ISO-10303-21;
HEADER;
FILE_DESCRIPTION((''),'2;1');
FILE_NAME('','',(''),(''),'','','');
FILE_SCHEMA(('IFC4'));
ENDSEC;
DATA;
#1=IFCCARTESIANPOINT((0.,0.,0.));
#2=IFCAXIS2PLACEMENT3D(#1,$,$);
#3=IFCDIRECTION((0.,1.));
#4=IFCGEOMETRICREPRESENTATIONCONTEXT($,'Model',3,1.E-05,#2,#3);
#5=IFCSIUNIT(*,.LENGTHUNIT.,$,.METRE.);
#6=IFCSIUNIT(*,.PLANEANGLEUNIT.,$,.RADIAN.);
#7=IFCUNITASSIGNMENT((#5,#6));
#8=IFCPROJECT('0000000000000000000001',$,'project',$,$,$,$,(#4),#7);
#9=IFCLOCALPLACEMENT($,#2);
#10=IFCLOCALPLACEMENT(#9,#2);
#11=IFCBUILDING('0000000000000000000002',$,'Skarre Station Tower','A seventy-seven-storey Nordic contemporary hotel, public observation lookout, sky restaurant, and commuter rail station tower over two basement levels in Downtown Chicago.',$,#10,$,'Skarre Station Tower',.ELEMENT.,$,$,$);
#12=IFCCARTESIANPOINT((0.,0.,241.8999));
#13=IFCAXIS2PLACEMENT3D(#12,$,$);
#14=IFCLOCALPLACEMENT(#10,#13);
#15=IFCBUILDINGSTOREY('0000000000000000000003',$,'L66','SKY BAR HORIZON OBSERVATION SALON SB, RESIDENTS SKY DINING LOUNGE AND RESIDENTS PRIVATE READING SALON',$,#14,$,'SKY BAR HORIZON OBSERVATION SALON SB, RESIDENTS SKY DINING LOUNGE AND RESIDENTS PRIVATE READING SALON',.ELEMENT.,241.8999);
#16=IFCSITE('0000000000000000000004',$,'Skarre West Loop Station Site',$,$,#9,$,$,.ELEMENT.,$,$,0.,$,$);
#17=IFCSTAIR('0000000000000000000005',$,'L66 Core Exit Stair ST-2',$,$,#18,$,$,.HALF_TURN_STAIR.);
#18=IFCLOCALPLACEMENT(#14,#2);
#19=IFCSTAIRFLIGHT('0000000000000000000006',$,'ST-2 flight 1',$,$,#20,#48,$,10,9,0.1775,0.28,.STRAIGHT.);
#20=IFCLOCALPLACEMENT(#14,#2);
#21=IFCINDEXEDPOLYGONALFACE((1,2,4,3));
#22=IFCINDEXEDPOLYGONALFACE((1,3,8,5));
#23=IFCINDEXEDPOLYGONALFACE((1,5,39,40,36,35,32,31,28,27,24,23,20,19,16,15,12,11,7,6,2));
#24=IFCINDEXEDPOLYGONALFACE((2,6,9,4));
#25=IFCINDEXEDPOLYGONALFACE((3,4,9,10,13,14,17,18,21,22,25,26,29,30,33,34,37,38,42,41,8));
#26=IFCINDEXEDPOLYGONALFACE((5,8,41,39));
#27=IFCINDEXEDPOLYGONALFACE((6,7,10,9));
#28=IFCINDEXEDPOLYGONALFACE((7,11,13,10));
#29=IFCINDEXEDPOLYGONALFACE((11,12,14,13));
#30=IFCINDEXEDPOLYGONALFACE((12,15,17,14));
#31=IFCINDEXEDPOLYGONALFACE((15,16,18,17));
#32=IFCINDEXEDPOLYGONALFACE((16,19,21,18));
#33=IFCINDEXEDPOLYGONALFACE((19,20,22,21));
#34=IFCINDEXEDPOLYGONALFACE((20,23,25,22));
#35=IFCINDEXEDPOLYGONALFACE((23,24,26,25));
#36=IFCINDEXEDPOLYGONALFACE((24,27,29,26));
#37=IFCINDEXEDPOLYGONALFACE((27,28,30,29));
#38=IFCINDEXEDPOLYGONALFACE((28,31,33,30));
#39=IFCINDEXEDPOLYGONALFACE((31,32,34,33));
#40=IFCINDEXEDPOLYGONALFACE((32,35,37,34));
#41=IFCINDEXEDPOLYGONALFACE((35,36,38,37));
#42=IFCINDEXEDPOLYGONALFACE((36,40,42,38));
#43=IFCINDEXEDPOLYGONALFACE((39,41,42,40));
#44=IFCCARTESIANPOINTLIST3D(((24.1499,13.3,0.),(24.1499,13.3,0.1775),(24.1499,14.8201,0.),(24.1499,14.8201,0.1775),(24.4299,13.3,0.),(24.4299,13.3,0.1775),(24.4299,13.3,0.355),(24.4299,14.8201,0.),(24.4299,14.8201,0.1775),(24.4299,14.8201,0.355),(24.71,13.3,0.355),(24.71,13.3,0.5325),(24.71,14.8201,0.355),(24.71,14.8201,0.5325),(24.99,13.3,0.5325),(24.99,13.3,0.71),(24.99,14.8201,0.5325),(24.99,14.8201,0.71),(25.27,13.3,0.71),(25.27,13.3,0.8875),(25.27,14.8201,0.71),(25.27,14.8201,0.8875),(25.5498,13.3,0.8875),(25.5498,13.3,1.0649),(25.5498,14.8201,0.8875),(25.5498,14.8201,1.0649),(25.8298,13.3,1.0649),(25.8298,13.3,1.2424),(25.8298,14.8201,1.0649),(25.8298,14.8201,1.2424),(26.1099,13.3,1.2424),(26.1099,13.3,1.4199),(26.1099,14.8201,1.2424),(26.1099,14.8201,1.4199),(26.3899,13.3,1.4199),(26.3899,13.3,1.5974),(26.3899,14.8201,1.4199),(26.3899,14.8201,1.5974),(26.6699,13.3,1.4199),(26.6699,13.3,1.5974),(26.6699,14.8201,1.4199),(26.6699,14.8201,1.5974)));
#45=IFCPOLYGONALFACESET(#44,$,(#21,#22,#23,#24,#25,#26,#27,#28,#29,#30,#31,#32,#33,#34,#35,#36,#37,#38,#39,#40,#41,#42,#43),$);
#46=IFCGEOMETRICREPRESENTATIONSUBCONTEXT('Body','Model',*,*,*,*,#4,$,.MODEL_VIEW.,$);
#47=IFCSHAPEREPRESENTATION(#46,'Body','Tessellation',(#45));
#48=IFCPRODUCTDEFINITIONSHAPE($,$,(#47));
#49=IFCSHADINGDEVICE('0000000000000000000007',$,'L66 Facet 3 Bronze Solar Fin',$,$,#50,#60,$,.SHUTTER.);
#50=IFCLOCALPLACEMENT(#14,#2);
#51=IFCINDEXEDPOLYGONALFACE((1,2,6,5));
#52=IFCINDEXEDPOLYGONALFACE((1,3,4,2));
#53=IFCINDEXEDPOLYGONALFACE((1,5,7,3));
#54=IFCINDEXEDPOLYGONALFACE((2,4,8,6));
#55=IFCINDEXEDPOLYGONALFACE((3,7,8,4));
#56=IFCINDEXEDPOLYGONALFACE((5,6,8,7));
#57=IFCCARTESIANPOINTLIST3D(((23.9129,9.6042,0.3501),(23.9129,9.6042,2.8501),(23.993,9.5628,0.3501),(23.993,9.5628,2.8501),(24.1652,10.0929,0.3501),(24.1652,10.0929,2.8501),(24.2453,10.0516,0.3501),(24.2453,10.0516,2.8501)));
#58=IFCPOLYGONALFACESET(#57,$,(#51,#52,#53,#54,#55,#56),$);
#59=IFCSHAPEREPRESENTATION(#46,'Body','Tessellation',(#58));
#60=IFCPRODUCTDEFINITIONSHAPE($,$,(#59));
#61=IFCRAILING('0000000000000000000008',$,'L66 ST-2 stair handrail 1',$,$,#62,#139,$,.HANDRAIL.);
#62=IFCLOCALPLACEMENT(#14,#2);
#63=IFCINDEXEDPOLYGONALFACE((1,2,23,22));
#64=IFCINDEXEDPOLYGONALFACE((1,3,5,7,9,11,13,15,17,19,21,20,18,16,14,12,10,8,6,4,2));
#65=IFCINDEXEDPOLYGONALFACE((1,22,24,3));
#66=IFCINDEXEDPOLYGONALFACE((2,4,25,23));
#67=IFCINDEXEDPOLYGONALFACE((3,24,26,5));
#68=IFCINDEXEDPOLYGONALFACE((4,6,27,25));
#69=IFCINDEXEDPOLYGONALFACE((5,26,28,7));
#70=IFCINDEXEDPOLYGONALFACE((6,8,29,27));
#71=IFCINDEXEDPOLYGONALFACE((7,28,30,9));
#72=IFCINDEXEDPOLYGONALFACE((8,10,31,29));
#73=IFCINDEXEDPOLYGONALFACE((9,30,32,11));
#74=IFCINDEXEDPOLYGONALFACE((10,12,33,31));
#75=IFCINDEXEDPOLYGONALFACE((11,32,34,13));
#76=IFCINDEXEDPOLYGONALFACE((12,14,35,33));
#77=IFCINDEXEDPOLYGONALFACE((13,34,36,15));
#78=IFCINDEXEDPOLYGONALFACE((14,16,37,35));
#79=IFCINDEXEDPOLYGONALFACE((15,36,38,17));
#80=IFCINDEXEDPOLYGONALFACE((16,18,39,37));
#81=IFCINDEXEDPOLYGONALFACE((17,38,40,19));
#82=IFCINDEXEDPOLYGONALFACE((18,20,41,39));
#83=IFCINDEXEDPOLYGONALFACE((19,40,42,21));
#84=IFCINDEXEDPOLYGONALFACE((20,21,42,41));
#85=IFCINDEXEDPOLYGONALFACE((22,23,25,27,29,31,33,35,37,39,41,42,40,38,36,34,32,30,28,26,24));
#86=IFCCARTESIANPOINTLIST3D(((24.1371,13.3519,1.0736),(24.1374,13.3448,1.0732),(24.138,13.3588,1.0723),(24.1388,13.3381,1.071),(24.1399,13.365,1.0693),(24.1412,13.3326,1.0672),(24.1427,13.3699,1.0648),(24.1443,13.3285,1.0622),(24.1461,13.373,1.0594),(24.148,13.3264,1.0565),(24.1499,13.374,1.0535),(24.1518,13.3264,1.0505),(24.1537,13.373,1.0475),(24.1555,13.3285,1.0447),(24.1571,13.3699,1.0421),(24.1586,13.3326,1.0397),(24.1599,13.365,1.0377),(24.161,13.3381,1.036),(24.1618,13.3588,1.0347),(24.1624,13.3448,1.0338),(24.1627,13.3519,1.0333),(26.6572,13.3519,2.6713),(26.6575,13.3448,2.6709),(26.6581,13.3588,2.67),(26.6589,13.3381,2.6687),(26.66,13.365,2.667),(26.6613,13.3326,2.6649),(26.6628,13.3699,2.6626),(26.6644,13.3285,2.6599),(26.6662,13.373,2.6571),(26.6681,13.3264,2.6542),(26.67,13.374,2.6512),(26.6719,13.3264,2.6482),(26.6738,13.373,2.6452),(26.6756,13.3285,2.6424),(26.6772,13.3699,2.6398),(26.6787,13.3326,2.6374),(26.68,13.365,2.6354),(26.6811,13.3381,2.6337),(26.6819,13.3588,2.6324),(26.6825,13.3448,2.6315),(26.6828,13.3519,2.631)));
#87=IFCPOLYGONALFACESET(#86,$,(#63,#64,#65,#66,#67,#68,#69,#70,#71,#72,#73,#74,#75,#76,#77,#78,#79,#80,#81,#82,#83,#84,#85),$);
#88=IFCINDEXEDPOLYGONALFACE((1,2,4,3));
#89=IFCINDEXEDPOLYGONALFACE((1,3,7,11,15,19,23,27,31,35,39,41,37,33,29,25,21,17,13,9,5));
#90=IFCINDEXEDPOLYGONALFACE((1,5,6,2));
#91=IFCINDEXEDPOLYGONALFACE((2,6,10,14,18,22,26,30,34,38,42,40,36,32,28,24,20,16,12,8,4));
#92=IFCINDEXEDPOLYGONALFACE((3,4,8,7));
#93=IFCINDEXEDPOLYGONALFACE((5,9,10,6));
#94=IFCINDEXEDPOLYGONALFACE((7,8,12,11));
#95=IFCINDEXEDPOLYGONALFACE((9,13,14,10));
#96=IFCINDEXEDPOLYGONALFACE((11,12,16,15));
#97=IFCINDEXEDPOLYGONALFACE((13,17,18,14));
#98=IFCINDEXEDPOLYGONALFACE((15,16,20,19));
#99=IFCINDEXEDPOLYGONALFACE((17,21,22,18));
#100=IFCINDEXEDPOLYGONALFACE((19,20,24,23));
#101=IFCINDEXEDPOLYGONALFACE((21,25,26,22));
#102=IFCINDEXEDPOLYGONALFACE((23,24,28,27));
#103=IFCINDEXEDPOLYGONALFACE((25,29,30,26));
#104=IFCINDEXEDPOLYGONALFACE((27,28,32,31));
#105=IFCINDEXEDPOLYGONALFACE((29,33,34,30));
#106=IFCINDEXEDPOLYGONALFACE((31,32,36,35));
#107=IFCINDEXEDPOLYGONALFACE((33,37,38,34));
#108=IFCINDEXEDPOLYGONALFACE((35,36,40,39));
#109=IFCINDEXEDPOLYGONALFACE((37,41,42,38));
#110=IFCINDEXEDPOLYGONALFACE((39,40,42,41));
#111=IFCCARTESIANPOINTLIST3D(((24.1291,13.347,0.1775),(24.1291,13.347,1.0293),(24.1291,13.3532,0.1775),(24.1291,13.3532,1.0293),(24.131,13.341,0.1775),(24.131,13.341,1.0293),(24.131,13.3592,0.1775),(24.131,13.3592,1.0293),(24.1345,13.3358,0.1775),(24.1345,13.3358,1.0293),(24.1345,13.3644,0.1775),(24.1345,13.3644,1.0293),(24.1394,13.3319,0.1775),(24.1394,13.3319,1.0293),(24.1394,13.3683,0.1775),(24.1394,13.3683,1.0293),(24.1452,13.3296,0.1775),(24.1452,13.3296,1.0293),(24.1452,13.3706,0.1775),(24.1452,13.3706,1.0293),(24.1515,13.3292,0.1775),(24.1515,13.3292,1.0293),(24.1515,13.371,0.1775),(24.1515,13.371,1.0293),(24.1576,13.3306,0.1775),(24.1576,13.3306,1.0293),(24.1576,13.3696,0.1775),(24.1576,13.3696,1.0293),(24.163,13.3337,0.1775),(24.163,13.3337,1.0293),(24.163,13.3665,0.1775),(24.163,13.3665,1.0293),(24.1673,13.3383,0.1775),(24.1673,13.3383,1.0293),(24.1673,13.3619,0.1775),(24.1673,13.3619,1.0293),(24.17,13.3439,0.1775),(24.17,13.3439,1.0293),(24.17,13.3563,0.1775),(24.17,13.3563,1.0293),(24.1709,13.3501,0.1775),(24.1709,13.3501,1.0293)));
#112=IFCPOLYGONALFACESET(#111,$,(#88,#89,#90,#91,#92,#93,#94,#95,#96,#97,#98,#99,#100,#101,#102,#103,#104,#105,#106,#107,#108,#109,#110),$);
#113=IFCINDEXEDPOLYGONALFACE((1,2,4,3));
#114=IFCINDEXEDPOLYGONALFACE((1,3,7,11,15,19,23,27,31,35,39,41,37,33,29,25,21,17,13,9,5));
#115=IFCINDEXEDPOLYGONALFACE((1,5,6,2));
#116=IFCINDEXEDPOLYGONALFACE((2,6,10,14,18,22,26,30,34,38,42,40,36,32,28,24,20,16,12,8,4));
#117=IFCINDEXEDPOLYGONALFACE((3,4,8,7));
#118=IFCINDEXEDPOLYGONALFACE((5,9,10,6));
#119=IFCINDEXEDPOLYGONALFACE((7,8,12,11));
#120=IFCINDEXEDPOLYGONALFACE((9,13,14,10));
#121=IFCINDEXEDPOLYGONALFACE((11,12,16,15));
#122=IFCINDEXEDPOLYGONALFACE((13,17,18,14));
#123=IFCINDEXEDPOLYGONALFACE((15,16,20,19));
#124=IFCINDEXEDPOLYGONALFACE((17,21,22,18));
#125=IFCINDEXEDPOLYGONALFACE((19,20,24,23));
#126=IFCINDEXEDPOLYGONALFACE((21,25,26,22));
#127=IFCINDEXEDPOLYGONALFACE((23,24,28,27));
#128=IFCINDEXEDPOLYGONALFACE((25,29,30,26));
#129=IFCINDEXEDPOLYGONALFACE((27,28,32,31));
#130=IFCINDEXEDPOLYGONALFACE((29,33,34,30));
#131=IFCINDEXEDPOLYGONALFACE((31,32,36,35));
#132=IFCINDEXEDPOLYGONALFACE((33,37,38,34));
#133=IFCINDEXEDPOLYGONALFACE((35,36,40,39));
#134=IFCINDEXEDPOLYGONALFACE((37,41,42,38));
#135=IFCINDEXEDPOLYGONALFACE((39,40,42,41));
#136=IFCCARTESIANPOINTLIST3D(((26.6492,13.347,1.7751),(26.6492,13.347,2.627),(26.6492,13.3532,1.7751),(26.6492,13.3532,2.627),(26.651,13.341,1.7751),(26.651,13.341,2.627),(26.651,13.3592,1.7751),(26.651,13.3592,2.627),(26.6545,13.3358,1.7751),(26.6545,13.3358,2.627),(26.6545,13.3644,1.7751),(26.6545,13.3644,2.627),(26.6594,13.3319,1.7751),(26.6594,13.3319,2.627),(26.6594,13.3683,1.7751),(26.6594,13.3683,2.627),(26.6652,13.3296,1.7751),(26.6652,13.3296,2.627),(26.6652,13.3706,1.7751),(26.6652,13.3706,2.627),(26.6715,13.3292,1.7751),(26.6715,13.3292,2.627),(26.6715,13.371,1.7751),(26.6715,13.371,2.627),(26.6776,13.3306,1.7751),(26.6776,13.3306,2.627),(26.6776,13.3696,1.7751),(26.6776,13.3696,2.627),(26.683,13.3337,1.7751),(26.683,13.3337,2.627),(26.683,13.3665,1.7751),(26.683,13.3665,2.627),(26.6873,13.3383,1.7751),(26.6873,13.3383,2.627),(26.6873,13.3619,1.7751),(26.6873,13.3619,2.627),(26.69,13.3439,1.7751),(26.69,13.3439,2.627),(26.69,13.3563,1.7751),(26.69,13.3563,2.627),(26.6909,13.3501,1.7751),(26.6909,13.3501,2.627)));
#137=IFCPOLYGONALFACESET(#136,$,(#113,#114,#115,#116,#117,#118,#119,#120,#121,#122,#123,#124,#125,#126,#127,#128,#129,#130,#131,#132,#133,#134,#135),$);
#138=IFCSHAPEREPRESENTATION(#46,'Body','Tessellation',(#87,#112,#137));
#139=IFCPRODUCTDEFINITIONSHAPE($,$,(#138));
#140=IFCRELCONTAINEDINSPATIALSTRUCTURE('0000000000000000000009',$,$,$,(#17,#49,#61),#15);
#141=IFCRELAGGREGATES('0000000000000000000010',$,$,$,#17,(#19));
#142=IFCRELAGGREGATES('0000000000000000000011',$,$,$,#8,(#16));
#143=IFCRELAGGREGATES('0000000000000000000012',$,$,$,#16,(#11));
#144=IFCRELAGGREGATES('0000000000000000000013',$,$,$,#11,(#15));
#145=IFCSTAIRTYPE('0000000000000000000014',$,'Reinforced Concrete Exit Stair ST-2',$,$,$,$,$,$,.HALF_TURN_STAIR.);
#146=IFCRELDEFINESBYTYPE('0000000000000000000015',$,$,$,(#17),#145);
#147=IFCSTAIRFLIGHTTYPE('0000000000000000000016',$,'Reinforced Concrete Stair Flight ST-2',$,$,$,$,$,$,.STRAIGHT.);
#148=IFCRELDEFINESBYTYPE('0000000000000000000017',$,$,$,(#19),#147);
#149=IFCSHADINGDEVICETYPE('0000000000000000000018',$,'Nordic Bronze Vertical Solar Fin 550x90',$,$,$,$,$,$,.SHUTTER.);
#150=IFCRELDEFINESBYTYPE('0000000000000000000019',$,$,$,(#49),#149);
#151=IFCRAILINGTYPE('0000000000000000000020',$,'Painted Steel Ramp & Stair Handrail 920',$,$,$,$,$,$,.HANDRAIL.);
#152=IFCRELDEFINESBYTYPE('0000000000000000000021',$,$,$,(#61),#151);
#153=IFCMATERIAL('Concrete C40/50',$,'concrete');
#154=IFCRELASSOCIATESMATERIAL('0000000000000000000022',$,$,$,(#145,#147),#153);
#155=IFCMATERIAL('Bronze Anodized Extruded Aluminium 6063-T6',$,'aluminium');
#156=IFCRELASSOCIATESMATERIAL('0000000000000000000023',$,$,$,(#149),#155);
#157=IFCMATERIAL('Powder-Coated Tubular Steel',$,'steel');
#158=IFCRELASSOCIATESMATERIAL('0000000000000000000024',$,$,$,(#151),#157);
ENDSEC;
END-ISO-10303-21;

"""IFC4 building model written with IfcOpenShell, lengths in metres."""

from ifc_helpers import new_model, si_unit, direction, frame, origin, origin_2d, place, context, subcontext, project, spatial, polyline, rectangle, circle, outline, extrude, material, type_object, element, aggregate, save


model = new_model("IFC4")

# Units and contexts
model_context = context("Model", 3, precision=1e-05, world=origin(), true_north=direction((0.0, 1.0)))
body_context = subcontext(model_context, "Body", "Model", "MODEL_VIEW")
ifc_project = project(units=[si_unit("LENGTHUNIT", "METRE"), si_unit("PLANEANGLEUNIT", "RADIAN")], contexts=[model_context])

# Site, building, storey
site_placement = place(None, origin())
site = spatial("IfcSite", under=ifc_project, at=site_placement, Name="Skarre West Loop Station Site", CompositionType="ELEMENT", RefElevation=0.0)
building_placement = place(site_placement, origin())
building = spatial("IfcBuilding", under=site, at=building_placement, Name="Skarre Station Tower", Description="A seventy-seven-storey Nordic contemporary hotel, public observation lookout, sky restaurant, and commuter rail station tower over two basement levels in Downtown Chicago.", LongName="Skarre Station Tower", CompositionType="ELEMENT")
storey_placement = place(building_placement, frame((0.0, 0.0, 241.8999)))
storey = spatial("IfcBuildingStorey", under=building, at=storey_placement, Name="L66", Description="SKY BAR HORIZON OBSERVATION SALON SB, RESIDENTS SKY DINING LOUNGE AND RESIDENTS PRIVATE READING SALON", LongName="SKY BAR HORIZON OBSERVATION SALON SB, RESIDENTS SKY DINING LOUNGE AND RESIDENTS PRIVATE READING SALON", CompositionType="ELEMENT", Elevation=241.8999)

# Stair, stair flight
ifc_material_1 = material(Name="Concrete C40/50", Category="concrete")
stair_type = type_object("IfcStairType", Name="Reinforced Concrete Exit Stair ST-2", PredefinedType="HALF_TURN_STAIR", material=ifc_material_1)
stair_placement = place(storey_placement, origin())
stair = element("IfcStair", 1, at=stair_placement, inside=storey, type_object=stair_type, Name="L66 Core Exit Stair ST-2", PredefinedType="HALF_TURN_STAIR")
stair_flight_type = type_object("IfcStairFlightType", Name="Reinforced Concrete Stair Flight ST-2", PredefinedType="STRAIGHT", material=ifc_material_1)
stair_flight_placement = place(storey_placement, frame((24.1499, 14.0601, 0.0), z_axis=(0.0, 0.0, 1.0), x_axis=(1.0, 0.0, 0.0)))
stair_flight = element("IfcStairFlight", 2, at=stair_flight_placement, type_object=stair_flight_type, Name="ST-2 flight 1", NumberOfRisers=10, NumberOfTreads=9, PredefinedType="STRAIGHT", RiserHeight=0.1775, TreadLength=0.28, context=body_context, shape_type="SweptSolid", body=[
    extrude(outline(polyline([(0.0, 0.0), (0.0, 0.1775), (0.28, 0.1775), (0.28, 0.355), (0.5601, 0.355), (0.5601, 0.5325), (0.8401, 0.5325), (0.8401, 0.71), (1.1201, 0.71), (1.1201, 0.8875), (1.3999, 0.8875), (1.3999, 1.0649), (1.6799, 1.0649), (1.6799, 1.2424), (1.96, 1.2424), (1.96, 1.4199), (2.24, 1.4199), (2.24, 1.5974), (2.52, 1.5974), (2.52, 1.7749), (2.52, 1.4199), (0.28, 0.0), (0.0, 0.0)])), frame((0.0, 0.76, 0.0), z_axis=(0.0, -1.0, 0.0), x_axis=(1.0, 0.0, 0.0)), (0.0, 0.0, 1.0), 1.52),
])
aggregate(stair, [stair_flight])

# Shading device
ifc_material_2 = material(Name="Bronze Anodized Extruded Aluminium 6063-T6", Category="aluminium")
shading_device_type = type_object("IfcShadingDeviceType", Name="Nordic Bronze Vertical Solar Fin 550x90", PredefinedType="SHUTTER", material=ifc_material_2)
shading_device_placement = place(storey_placement, frame((24.0791, 9.8279, 0.3501), z_axis=(0.0, 0.0, 1.0), x_axis=(-0.458712, -0.888585, 0.0)))
element("IfcShadingDevice", 3, at=shading_device_placement, inside=storey, type_object=shading_device_type, Name="L66 Facet 3 Bronze Solar Fin", PredefinedType="SHUTTER", context=body_context, shape_type="SweptSolid", body=[
    extrude(rectangle(XDim=0.55, YDim=0.0901, at=origin_2d()), origin(), (0.0, 0.0, 1.0), 2.5),
])

# Railing
ifc_material_3 = material(Name="Powder-Coated Tubular Steel", Category="steel")
railing_type_1 = type_object("IfcRailingType", Name="Painted Steel Ramp & Stair Handrail 920", PredefinedType="HANDRAIL", material=ifc_material_3)
railing_1_placement = place(storey_placement, frame((24.1499, 13.3501, 0.1775)))
element("IfcRailing", 4, at=railing_1_placement, inside=storey, type_object=railing_type_1, Name="L66 ST-2 stair handrail 1", PredefinedType="HANDRAIL", context=body_context, shape_type="SweptSolid", body=[
    extrude(circle(Radius=0.0239, at=origin_2d()), frame((0.0, 0.0, 0.876), z_axis=(0.84457, 0.0, 0.535445), x_axis=(0.0, 1.0, 0.0)), (0.0, 0.0, 1.0), 2.9839),
    extrude(circle(Radius=0.021, at=origin_2d()), origin(), (0.0, 0.0, 1.0), 0.8518),
    extrude(circle(Radius=0.021, at=origin_2d()), frame((2.52, 0.0, 1.5977)), (0.0, 0.0, 1.0), 0.8518),
])

save(model, "model.ifc")
